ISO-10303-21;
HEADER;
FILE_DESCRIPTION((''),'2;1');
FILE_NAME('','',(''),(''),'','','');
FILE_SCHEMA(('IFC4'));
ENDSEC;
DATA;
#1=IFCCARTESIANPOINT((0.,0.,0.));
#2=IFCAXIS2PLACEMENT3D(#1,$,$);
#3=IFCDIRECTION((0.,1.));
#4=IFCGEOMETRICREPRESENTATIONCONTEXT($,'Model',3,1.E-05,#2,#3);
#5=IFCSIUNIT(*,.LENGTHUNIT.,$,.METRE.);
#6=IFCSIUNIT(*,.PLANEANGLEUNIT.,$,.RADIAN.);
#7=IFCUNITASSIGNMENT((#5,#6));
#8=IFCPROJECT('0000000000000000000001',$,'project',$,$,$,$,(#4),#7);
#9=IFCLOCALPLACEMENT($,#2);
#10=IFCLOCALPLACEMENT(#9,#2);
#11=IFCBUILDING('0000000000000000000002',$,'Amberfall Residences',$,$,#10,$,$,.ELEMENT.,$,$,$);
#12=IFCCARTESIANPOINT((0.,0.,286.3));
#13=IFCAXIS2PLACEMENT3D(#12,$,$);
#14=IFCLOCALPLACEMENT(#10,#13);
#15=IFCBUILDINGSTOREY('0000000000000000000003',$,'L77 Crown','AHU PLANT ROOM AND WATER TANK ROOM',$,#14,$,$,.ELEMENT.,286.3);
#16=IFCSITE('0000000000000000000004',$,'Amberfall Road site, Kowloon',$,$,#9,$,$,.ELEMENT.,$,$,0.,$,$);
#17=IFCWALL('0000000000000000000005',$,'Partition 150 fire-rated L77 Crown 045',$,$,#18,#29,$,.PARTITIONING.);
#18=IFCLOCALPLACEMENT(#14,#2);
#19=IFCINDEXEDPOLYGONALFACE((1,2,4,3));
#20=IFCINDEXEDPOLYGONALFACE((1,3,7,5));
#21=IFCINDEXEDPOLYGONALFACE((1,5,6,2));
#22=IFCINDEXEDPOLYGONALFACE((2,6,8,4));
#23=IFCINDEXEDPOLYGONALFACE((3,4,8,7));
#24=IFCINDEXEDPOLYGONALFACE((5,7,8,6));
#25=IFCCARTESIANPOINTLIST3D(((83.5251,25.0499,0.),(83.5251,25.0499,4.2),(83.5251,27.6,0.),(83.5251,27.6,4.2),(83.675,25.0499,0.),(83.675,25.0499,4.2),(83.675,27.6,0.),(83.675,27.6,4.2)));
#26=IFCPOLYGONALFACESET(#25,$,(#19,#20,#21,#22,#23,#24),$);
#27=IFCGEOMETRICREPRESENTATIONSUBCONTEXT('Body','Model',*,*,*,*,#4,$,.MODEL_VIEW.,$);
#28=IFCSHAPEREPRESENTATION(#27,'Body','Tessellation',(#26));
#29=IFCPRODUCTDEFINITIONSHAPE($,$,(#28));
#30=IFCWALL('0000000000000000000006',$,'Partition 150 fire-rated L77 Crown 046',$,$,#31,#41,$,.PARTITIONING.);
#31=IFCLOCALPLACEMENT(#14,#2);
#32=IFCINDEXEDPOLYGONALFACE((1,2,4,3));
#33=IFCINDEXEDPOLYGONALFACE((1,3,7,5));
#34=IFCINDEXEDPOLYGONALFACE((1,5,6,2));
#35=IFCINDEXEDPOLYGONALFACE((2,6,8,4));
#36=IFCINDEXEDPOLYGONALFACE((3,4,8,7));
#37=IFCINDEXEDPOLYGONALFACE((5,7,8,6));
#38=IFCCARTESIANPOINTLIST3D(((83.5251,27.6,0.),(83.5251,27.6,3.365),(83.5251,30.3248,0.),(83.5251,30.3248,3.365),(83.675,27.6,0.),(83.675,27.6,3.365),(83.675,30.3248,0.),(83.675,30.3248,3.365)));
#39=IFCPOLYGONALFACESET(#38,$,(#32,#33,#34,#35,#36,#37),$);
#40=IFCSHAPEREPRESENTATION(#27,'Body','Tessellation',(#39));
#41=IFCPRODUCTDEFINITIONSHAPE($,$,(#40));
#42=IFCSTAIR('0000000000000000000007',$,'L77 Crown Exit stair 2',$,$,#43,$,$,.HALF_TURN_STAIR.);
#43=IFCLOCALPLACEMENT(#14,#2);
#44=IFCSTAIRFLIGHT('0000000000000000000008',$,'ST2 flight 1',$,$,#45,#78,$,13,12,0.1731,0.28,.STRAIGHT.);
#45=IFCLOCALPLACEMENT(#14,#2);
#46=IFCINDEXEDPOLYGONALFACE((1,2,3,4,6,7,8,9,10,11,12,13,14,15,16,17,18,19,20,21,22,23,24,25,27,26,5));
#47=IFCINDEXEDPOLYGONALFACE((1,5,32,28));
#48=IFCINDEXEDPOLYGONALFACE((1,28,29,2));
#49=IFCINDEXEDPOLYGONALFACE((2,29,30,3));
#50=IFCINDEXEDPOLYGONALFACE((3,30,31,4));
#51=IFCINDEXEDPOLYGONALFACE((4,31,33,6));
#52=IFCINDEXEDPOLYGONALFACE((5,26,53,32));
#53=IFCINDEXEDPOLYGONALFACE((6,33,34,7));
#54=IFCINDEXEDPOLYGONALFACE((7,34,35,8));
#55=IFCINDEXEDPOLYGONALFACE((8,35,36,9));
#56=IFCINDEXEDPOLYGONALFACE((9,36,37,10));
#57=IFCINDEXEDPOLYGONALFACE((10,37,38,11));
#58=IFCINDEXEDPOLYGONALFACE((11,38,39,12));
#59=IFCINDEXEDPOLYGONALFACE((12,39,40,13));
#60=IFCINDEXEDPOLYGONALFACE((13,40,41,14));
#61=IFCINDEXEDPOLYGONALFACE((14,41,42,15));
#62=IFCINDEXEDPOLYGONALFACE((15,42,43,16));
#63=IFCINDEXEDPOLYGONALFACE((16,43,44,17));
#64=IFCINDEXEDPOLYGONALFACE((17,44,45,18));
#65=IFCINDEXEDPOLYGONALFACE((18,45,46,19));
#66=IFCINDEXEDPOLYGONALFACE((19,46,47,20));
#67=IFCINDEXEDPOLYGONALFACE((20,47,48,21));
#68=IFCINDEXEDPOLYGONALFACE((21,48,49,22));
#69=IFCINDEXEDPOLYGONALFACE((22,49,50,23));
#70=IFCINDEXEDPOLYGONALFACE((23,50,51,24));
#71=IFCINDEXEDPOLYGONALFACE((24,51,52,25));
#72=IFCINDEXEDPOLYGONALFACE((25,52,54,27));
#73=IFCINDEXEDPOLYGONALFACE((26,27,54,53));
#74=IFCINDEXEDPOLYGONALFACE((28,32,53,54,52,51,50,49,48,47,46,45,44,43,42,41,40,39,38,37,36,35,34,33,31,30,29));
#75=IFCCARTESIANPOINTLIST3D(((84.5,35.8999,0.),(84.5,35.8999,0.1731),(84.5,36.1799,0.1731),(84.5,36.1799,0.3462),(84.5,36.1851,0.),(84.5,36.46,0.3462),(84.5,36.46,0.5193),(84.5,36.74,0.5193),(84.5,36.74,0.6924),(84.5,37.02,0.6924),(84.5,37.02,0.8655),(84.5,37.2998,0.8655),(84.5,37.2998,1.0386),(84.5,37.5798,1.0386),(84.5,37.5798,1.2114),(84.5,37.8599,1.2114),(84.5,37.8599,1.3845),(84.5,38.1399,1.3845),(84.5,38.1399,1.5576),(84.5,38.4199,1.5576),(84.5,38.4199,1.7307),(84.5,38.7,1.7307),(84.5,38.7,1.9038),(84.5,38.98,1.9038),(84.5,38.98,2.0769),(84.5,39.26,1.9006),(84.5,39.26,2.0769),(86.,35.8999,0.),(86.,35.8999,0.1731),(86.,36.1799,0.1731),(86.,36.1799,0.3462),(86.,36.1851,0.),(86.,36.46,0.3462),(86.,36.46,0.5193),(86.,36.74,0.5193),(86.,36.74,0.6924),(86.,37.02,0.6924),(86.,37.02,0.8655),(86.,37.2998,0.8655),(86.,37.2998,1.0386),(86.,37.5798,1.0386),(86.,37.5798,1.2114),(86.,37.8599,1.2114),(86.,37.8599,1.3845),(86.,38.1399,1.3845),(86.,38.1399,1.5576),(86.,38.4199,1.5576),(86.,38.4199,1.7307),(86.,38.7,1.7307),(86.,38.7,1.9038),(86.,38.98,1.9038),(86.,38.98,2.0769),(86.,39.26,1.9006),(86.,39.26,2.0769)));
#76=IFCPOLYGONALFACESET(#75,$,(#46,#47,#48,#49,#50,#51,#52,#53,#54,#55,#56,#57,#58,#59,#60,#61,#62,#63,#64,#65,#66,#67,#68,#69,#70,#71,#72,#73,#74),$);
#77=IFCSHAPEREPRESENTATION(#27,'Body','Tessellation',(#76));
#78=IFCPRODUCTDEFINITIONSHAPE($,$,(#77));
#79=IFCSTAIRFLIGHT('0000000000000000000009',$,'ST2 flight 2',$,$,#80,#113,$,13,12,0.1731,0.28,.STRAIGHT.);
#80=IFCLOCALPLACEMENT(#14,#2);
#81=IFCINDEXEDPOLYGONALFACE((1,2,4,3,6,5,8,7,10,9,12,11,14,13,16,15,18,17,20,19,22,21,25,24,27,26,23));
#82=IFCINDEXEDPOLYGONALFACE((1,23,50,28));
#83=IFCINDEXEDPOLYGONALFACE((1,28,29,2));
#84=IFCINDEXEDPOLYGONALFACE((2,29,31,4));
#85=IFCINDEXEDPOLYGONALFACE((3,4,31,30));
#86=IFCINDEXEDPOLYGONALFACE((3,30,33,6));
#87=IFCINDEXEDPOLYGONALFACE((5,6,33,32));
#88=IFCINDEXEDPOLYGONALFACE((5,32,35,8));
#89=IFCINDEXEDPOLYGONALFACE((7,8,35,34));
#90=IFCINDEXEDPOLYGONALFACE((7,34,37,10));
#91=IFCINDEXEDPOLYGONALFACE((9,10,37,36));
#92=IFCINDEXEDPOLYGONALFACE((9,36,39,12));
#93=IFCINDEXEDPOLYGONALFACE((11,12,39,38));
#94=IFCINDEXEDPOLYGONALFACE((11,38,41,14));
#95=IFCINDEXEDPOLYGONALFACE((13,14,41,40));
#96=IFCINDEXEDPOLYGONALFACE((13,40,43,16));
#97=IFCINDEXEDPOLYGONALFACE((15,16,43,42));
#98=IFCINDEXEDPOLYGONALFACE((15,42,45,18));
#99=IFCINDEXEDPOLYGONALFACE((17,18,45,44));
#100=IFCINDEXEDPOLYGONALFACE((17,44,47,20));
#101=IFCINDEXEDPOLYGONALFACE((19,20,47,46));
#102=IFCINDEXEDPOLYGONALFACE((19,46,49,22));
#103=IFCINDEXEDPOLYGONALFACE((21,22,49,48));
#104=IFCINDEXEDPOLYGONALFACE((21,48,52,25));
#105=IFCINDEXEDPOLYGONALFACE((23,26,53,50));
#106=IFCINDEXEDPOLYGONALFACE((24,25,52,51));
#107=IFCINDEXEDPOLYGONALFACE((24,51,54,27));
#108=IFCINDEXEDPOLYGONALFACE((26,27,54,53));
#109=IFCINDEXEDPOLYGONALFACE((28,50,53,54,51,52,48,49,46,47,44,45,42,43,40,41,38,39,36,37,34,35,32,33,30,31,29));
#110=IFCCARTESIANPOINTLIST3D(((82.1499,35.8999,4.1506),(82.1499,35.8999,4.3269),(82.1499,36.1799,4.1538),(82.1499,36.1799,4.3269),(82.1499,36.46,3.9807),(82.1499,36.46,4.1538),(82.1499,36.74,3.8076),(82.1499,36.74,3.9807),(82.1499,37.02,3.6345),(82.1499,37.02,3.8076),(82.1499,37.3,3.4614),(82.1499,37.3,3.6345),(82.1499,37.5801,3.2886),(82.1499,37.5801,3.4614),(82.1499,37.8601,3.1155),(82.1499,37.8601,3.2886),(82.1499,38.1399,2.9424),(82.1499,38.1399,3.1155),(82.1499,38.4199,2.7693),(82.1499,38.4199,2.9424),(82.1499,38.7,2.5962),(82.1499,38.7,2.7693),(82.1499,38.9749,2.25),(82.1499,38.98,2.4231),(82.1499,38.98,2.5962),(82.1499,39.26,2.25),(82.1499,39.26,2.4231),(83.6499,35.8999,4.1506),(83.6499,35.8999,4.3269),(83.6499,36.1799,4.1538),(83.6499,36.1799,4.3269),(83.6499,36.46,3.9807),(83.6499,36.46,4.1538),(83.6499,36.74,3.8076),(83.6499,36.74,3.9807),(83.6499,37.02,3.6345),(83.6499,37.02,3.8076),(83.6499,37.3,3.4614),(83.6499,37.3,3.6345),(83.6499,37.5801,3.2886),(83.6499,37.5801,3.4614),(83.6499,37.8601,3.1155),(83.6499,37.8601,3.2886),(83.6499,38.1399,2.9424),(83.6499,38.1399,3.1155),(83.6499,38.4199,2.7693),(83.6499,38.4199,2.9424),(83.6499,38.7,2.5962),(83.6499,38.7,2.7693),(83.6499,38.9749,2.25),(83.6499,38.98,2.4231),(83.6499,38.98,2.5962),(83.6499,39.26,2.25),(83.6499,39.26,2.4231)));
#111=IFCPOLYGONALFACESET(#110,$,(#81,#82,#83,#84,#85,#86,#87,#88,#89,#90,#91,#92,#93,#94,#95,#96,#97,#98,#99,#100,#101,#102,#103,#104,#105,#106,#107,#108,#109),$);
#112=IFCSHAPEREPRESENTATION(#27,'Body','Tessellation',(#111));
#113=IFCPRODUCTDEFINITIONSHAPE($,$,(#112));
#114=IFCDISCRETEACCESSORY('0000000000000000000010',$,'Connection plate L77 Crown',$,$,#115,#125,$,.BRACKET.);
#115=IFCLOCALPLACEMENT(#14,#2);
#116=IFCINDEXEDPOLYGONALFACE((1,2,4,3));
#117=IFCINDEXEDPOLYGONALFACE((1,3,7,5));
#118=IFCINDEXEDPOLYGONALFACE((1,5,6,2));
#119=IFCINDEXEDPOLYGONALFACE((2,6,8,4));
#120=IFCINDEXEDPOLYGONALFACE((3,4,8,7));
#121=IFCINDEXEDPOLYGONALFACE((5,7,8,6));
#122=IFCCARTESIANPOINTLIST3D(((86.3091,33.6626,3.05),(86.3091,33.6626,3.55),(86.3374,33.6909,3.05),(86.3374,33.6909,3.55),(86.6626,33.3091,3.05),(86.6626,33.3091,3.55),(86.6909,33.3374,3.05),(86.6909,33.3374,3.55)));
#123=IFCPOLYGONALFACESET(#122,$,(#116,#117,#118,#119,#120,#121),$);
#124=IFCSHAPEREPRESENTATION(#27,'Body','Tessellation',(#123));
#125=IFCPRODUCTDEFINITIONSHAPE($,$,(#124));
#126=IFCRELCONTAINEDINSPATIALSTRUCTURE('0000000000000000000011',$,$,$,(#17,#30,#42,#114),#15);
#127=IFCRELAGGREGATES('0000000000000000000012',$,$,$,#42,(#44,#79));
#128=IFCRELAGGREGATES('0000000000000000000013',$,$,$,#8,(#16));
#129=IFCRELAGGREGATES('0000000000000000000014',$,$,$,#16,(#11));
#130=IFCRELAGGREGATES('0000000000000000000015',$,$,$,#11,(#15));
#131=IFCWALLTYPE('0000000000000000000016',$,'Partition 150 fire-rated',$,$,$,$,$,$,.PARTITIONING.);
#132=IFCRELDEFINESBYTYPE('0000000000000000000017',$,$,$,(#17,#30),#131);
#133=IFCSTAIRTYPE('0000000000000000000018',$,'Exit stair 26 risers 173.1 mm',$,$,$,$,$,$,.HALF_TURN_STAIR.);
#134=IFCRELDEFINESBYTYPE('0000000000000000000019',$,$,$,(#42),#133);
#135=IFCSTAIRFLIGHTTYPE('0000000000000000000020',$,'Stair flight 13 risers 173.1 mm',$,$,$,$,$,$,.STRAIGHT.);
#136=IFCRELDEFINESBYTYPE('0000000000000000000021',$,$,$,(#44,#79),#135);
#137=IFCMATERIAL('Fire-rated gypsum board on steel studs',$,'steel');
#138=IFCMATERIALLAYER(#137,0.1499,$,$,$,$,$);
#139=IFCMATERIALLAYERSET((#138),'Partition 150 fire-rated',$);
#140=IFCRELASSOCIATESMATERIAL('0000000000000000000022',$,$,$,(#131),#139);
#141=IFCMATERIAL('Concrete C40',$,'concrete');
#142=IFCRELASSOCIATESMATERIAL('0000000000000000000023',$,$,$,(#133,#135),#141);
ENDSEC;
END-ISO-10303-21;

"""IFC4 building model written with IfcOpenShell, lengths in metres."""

from ifc_helpers import new_model, si_unit, direction, frame, frame_2d, origin, origin_2d, place, context, subcontext, project, spatial, polyline, rectangle, outline, extrude, material, layer, layer_set, type_object, element, aggregate, save


model = new_model("IFC4")

# Units and contexts
model_context = context("Model", 3, precision=1e-05, world=origin(), true_north=direction((0.0, 1.0)))
body_context = subcontext(model_context, "Body", "Model", "MODEL_VIEW")
ifc_project = project(units=[si_unit("LENGTHUNIT", "METRE"), si_unit("PLANEANGLEUNIT", "RADIAN")], contexts=[model_context])

# Site, building, storey
site_placement = place(None, origin())
site = spatial("IfcSite", under=ifc_project, at=site_placement, Name="Amberfall Road site, Kowloon", CompositionType="ELEMENT", RefElevation=0.0)
building_placement = place(site_placement, origin())
building = spatial("IfcBuilding", under=site, at=building_placement, Name="Amberfall Residences", CompositionType="ELEMENT")
storey_placement = place(building_placement, frame((0.0, 0.0, 286.3)))
storey = spatial("IfcBuildingStorey", under=building, at=storey_placement, Name="L77 Crown", Description="AHU PLANT ROOM AND WATER TANK ROOM", CompositionType="ELEMENT", Elevation=286.3)

# Shared definitions
ifc_material_1 = material(Name="Fire-rated gypsum board on steel studs", Category="steel")
ifc_layer_1 = layer(ifc_material_1, 0.1499)
ifc_layer_set_1 = layer_set([ifc_layer_1], Name="Partition 150 fire-rated")
wall_type_1 = type_object("IfcWallType", Name="Partition 150 fire-rated", PredefinedType="PARTITIONING", material=ifc_layer_set_1)

# Walls
wall_1_placement = place(storey_placement, frame((83.6001, 25.05, 0.0), z_axis=(0.0, 0.0, 1.0), x_axis=(0.0, 1.0, 0.0)))
element("IfcWall", 1, at=wall_1_placement, inside=storey, type_object=wall_type_1, Name="Partition 150 fire-rated L77 Crown 045", PredefinedType="PARTITIONING", context=body_context, shape_type="SweptSolid", body=[
    extrude(rectangle(XDim=2.55, YDim=0.1499, at=frame_2d((1.2749, 0.0))), origin(), (0.0, 0.0, 1.0), 4.2),
])
wall_2_placement = place(storey_placement, frame((83.6001, 27.6001, 0.0), z_axis=(0.0, 0.0, 1.0), x_axis=(0.0, 1.0, 0.0)))
element("IfcWall", 2, at=wall_2_placement, inside=storey, type_object=wall_type_1, Name="Partition 150 fire-rated L77 Crown 046", PredefinedType="PARTITIONING", context=body_context, shape_type="SweptSolid", body=[
    extrude(rectangle(XDim=2.7249, YDim=0.1499, at=frame_2d((1.3623, 0.0))), origin(), (0.0, 0.0, 1.0), 3.365),
])

# Stair, stair flights
ifc_material_2 = material(Name="Concrete C40", Category="concrete")
stair_type = type_object("IfcStairType", Name="Exit stair 26 risers 173.1 mm", PredefinedType="HALF_TURN_STAIR", material=ifc_material_2)
stair_placement = place(storey_placement, origin())
stair = element("IfcStair", 3, at=stair_placement, inside=storey, type_object=stair_type, Name="L77 Crown Exit stair 2", PredefinedType="HALF_TURN_STAIR")
stair_flight_type = type_object("IfcStairFlightType", Name="Stair flight 13 risers 173.1 mm", PredefinedType="STRAIGHT", material=ifc_material_2)
stair_flight_1_placement = place(storey_placement, frame((85.25, 35.8999, 0.0), z_axis=(0.0, 0.0, 1.0), x_axis=(0.0, 1.0, 0.0)))
stair_flight_1 = element("IfcStairFlight", 4, at=stair_flight_1_placement, type_object=stair_flight_type, Name="ST2 flight 1", NumberOfRisers=13, NumberOfTreads=12, PredefinedType="STRAIGHT", RiserHeight=0.1731, TreadLength=0.28, context=body_context, shape_type="SweptSolid", body=[
    extrude(outline(polyline([(0.0, 0.0), (0.0, 0.1731), (0.28, 0.1731), (0.28, 0.3462), (0.5601, 0.3462), (0.5601, 0.5193), (0.8401, 0.5193), (0.8401, 0.6924), (1.1201, 0.6924), (1.1201, 0.8655), (1.3999, 0.8655), (1.3999, 1.0386), (1.6799, 1.0386), (1.6799, 1.2114), (1.96, 1.2114), (1.96, 1.3845), (2.24, 1.3845), (2.24, 1.5576), (2.52, 1.5576), (2.52, 1.7307), (2.8, 1.7307), (2.8, 1.9038), (3.0801, 1.9038), (3.0801, 2.0769), (3.3601, 2.0769), (3.3601, 2.25), (3.3601, 1.9006), (0.2852, 0.0), (0.0, 0.0)])), frame((0.0, 0.75, 0.0), z_axis=(0.0, -1.0, 0.0), x_axis=(1.0, 0.0, 0.0)), (0.0, 0.0, 1.0), 1.5),
])
stair_flight_2_placement = place(storey_placement, frame((82.8999, 39.26, 2.25), z_axis=(0.0, 0.0, 1.0), x_axis=(0.0, -1.0, 0.0)))
stair_flight_2 = element("IfcStairFlight", 5, at=stair_flight_2_placement, type_object=stair_flight_type, Name="ST2 flight 2", NumberOfRisers=13, NumberOfTreads=12, PredefinedType="STRAIGHT", RiserHeight=0.1731, TreadLength=0.28, context=body_context, shape_type="SweptSolid", body=[
    extrude(outline(polyline([(0.0, 0.0), (0.0, 0.1731), (0.28, 0.1731), (0.28, 0.3462), (0.5601, 0.3462), (0.5601, 0.5193), (0.8401, 0.5193), (0.8401, 0.6924), (1.1201, 0.6924), (1.1201, 0.8655), (1.3999, 0.8655), (1.3999, 1.0386), (1.6799, 1.0386), (1.6799, 1.2114), (1.96, 1.2114), (1.96, 1.3845), (2.24, 1.3845), (2.24, 1.5576), (2.52, 1.5576), (2.52, 1.7307), (2.8, 1.7307), (2.8, 1.9038), (3.0801, 1.9038), (3.0801, 2.0769), (3.3601, 2.0769), (3.3601, 2.25), (3.3601, 1.9006), (0.2852, 0.0), (0.0, 0.0)])), frame((0.0, 0.75, 0.0), z_axis=(0.0, -1.0, 0.0), x_axis=(1.0, 0.0, 0.0)), (0.0, 0.0, 1.0), 1.5),
])
aggregate(stair, [stair_flight_1, stair_flight_2])

# Discrete accessory
discrete_accessory_placement = place(storey_placement, frame((86.5, 33.5, 3.05), z_axis=(0.0, 0.0, 1.0), x_axis=(-0.707107, 0.707107, 0.0)))
element("IfcDiscreteAccessory", 6, at=discrete_accessory_placement, inside=storey, Name="Connection plate L77 Crown", PredefinedType="BRACKET", context=body_context, shape_type="SweptSolid", body=[
    extrude(rectangle(XDim=0.5, YDim=0.04, at=origin_2d()), origin(), (0.0, 0.0, 1.0), 0.5),
])

save(model, "model.ifc")
